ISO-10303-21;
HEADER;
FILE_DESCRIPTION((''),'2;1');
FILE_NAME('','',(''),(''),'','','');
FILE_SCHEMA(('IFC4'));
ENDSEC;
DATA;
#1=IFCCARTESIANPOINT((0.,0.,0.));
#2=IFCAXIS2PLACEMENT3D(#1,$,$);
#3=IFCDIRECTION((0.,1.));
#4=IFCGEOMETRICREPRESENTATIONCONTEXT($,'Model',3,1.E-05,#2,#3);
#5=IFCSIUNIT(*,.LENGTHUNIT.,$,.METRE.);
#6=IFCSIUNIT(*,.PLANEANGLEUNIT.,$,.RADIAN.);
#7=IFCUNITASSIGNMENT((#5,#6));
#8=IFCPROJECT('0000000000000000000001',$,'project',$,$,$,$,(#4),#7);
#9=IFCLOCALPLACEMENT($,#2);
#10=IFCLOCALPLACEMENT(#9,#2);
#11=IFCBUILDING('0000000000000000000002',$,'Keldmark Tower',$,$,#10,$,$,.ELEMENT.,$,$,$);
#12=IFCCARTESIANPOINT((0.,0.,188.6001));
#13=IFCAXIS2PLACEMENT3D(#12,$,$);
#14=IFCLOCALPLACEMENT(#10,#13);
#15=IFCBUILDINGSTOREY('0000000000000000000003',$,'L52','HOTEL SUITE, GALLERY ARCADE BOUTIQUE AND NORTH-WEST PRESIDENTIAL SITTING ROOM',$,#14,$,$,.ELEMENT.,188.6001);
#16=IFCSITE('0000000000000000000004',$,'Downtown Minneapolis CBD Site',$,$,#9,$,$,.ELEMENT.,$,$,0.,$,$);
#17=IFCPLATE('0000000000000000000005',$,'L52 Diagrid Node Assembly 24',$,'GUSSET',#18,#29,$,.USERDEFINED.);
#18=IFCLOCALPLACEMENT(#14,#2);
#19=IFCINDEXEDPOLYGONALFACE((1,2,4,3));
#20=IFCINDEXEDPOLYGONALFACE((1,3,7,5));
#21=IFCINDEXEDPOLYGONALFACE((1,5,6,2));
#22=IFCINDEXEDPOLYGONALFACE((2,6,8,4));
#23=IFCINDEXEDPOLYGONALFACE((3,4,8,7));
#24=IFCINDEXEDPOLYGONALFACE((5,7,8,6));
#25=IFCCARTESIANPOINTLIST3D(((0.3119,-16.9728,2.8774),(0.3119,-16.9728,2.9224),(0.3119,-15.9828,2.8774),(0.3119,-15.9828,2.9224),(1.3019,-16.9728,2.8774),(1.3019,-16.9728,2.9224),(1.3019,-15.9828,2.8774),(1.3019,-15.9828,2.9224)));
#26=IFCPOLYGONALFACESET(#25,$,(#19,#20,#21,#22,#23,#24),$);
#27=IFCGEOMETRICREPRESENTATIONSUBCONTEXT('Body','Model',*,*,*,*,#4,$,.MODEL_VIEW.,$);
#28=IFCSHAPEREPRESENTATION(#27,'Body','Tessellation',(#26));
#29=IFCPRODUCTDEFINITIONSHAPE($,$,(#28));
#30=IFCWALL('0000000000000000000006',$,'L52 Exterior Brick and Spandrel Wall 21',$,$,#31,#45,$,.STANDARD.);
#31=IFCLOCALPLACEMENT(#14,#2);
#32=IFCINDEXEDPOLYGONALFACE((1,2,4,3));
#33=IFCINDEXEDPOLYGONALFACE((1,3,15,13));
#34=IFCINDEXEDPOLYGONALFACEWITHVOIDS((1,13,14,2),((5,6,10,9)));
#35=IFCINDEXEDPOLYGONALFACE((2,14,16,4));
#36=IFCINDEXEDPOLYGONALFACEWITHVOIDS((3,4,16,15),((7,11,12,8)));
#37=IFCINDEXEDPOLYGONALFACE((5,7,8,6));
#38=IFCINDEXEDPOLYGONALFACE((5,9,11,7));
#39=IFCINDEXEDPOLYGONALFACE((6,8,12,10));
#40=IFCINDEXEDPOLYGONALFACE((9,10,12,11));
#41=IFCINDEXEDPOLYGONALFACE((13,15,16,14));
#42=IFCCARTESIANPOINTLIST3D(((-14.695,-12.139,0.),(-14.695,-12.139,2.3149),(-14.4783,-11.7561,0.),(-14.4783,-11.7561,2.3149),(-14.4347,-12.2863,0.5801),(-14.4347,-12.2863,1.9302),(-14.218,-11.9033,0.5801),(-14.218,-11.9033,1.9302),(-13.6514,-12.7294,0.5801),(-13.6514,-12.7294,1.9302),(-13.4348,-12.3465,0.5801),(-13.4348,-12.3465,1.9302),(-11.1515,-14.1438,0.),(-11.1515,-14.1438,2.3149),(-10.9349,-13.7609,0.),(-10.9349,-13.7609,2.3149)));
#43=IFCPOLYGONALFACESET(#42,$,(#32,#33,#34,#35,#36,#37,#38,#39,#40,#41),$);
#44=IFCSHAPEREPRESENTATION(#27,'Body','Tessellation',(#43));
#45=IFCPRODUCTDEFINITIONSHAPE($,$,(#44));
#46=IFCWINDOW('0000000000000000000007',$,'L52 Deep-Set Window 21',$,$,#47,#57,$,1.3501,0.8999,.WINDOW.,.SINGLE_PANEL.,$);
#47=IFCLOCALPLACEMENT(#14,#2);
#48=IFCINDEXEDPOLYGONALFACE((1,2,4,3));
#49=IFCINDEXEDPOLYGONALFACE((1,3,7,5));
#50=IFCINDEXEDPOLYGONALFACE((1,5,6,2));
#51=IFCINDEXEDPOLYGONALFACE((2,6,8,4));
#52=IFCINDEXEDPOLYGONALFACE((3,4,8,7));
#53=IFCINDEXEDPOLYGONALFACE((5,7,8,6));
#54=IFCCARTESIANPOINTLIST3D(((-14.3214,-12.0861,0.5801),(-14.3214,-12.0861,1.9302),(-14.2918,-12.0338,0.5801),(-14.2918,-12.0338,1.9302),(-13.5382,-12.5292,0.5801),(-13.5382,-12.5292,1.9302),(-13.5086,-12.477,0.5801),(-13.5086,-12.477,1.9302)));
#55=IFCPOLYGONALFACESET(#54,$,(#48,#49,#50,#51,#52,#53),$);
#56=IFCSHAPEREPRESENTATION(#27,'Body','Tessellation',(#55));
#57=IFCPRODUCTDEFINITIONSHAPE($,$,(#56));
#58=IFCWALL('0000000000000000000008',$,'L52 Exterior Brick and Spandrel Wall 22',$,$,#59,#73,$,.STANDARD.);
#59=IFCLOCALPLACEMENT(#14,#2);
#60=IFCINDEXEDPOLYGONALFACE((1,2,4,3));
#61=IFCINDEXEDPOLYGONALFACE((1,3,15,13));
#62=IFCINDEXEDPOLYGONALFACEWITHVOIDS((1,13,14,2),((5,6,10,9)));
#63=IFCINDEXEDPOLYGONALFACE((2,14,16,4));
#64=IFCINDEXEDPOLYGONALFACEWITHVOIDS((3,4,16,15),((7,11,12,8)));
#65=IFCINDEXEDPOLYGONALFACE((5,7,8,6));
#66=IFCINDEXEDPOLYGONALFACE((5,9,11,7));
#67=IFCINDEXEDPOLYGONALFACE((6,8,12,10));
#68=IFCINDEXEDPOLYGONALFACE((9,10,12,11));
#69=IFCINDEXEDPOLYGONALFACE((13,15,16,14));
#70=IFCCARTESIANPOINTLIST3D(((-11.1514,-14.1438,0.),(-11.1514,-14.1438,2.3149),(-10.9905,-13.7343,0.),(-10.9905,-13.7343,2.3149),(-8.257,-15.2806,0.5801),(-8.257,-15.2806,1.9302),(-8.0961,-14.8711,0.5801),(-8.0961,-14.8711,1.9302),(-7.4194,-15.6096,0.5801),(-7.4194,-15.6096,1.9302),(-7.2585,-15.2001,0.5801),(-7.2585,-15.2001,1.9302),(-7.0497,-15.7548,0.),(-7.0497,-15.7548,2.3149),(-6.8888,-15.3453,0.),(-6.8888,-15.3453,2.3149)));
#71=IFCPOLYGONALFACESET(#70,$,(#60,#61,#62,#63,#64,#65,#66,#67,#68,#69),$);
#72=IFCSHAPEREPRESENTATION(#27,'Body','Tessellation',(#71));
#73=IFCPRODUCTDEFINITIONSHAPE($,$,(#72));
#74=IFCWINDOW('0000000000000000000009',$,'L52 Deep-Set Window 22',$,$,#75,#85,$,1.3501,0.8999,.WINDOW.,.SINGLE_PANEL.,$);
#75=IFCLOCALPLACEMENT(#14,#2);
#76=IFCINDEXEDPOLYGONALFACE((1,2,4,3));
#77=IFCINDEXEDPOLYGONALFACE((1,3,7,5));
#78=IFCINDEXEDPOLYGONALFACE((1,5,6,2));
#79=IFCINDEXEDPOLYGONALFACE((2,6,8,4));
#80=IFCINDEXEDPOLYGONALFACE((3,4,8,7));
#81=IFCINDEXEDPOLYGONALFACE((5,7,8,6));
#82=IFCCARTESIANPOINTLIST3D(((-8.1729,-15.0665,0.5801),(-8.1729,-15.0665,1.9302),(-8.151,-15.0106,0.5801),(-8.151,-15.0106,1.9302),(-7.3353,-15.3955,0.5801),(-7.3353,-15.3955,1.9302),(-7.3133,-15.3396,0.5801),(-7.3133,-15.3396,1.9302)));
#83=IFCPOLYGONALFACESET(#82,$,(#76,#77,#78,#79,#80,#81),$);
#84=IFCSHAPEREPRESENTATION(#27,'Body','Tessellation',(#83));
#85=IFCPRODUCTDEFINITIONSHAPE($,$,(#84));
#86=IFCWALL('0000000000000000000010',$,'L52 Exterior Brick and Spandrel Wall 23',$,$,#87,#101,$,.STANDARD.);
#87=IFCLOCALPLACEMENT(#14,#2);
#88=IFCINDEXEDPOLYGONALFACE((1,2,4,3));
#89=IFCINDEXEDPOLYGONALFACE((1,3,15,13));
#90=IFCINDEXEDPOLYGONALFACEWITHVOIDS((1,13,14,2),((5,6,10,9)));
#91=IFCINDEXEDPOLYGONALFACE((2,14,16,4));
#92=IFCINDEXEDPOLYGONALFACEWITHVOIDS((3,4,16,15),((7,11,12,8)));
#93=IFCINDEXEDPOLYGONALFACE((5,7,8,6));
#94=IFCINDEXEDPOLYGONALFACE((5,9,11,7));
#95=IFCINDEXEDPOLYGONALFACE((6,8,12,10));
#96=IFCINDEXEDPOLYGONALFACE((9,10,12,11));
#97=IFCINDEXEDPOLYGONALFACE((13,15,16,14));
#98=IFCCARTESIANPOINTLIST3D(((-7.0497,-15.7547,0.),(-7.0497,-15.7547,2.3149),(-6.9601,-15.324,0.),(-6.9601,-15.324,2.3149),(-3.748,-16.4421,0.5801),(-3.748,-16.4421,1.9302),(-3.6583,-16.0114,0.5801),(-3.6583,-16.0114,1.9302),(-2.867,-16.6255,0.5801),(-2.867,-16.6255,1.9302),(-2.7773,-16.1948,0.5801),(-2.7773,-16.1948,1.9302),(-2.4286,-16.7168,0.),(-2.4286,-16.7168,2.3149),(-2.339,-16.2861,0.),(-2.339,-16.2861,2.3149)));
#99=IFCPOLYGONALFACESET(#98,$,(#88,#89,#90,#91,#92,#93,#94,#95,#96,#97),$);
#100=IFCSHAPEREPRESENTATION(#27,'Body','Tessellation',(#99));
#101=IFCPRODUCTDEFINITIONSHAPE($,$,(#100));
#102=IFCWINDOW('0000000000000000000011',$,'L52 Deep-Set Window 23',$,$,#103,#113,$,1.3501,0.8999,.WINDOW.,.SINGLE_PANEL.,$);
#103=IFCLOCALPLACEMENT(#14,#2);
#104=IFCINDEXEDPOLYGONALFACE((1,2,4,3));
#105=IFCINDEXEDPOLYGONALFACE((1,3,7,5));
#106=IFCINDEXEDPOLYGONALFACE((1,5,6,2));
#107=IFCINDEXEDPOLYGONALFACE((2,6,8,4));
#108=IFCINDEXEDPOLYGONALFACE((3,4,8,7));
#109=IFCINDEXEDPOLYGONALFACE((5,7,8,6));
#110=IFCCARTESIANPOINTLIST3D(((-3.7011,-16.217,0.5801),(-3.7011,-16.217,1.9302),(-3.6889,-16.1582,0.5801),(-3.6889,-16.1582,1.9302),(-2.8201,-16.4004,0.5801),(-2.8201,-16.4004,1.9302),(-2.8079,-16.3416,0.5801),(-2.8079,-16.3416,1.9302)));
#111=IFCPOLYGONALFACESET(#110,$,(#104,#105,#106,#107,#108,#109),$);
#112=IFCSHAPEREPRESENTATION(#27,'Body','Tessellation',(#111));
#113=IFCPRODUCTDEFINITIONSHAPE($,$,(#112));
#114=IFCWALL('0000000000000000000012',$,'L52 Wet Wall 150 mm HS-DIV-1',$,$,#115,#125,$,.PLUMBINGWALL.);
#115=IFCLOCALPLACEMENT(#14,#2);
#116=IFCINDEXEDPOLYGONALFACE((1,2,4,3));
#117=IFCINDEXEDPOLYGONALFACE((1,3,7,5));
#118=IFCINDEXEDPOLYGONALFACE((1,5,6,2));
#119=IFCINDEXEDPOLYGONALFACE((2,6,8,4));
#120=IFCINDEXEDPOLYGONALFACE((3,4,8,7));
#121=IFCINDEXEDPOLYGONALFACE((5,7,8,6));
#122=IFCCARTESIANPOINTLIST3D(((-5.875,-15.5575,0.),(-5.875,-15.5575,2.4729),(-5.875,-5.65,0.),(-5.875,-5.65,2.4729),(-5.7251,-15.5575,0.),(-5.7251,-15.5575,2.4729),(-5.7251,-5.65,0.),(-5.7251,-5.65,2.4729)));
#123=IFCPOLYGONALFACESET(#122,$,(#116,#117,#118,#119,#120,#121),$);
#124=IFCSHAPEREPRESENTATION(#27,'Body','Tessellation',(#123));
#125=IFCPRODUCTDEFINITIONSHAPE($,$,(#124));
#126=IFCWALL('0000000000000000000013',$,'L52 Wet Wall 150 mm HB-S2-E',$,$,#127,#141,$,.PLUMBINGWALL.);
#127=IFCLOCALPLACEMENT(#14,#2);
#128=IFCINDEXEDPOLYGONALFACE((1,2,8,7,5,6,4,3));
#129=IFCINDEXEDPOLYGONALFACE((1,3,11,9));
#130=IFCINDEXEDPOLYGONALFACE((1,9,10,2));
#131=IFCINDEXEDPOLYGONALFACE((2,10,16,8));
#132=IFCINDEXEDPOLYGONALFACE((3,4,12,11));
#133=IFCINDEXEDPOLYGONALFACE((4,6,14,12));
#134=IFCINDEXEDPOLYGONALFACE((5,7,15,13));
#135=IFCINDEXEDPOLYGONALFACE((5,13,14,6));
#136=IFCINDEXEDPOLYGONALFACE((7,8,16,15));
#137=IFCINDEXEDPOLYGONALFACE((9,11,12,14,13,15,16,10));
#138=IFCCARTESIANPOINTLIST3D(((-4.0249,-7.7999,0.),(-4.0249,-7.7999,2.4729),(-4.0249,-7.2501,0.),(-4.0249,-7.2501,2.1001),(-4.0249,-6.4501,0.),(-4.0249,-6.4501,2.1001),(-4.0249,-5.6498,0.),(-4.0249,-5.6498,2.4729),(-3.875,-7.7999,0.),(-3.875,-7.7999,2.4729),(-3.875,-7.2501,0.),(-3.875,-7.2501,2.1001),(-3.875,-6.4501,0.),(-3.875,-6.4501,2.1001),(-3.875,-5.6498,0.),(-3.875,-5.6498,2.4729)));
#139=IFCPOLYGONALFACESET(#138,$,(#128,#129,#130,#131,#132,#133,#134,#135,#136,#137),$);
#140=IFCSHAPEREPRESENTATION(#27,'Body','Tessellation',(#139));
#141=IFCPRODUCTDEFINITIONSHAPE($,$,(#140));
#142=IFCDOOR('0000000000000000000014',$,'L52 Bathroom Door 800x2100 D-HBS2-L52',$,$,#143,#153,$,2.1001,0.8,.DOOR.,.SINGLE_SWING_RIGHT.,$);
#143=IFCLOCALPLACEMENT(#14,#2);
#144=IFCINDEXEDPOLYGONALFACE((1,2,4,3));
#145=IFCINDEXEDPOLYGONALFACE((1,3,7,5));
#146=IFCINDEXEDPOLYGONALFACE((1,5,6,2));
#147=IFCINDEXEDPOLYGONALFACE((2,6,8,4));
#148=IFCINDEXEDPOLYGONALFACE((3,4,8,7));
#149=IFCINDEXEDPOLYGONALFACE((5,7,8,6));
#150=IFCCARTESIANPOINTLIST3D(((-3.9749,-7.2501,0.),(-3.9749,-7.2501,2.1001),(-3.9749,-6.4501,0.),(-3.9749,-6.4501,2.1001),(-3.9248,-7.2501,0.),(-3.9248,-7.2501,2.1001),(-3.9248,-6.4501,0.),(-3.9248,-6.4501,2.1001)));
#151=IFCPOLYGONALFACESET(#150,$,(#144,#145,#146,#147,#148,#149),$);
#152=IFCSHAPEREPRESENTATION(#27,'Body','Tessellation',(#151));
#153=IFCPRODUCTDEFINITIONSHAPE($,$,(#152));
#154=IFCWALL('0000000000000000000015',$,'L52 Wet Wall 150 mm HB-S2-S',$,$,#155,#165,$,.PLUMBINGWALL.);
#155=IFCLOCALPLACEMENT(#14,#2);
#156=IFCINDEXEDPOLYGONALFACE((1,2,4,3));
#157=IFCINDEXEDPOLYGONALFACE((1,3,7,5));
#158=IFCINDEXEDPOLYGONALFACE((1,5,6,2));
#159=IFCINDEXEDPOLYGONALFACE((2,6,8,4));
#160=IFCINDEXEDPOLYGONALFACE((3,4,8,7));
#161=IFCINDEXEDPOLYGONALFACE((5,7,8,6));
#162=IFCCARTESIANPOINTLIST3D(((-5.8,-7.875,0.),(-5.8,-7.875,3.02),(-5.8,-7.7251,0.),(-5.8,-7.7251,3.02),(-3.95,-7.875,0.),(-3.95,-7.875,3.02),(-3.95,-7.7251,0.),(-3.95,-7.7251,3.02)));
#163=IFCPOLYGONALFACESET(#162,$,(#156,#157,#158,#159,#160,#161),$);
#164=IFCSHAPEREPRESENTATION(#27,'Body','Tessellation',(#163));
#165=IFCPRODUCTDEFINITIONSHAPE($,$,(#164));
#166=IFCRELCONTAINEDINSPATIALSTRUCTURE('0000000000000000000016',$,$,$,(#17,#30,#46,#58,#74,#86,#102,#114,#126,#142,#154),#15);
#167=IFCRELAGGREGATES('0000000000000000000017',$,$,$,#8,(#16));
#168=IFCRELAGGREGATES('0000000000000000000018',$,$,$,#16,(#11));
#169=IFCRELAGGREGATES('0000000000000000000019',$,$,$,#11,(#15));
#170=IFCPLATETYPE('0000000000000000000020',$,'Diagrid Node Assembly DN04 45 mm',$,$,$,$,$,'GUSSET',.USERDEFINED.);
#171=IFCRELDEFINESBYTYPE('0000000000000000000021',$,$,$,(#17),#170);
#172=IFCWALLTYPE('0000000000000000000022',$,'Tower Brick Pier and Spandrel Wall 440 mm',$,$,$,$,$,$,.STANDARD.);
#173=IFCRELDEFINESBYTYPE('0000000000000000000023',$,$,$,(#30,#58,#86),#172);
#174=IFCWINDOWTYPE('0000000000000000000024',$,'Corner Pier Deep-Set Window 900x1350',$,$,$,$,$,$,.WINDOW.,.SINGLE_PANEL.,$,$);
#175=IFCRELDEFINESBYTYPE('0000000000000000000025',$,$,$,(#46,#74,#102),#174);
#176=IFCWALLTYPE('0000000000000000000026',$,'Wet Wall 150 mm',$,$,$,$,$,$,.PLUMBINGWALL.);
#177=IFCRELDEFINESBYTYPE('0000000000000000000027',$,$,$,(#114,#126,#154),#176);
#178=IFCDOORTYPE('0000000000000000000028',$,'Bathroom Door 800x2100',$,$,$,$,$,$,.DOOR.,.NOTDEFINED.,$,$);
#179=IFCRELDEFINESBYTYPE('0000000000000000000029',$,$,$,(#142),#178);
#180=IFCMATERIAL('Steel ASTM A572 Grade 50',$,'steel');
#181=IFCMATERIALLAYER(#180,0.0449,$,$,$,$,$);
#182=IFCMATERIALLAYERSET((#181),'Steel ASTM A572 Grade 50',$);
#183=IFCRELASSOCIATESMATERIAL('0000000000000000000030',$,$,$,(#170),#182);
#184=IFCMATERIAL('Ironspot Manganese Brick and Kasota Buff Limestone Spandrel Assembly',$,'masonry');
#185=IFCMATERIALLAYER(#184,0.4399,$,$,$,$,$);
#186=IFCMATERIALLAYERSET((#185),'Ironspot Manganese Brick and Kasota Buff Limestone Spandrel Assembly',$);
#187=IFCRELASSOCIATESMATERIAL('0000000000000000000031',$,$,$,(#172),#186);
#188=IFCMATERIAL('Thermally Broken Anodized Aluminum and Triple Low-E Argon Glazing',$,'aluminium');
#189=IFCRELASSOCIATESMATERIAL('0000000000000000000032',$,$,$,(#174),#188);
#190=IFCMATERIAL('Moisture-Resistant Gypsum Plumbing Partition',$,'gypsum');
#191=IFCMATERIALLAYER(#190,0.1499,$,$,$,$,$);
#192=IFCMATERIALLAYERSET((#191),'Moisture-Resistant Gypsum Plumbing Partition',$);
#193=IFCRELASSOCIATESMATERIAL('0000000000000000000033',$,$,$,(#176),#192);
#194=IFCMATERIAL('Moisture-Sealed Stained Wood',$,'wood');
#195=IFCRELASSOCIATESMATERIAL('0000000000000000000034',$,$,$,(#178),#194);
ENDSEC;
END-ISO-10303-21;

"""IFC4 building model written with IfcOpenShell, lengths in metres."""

from ifc_helpers import new_model, si_unit, direction, frame, frame_2d, origin, origin_2d, place, context, subcontext, project, spatial, rectangle, extrude, material, layer, layer_set, type_object, element, fill, save


model = new_model("IFC4")

# Units and contexts
model_context = context("Model", 3, precision=1e-05, world=origin(), true_north=direction((0.0, 1.0)))
body_context = subcontext(model_context, "Body", "Model", "MODEL_VIEW")
ifc_project = project(units=[si_unit("LENGTHUNIT", "METRE"), si_unit("PLANEANGLEUNIT", "RADIAN")], contexts=[model_context])

# Site, building, storey
site_placement = place(None, origin())
site = spatial("IfcSite", under=ifc_project, at=site_placement, Name="Downtown Minneapolis CBD Site", CompositionType="ELEMENT", RefElevation=0.0)
building_placement = place(site_placement, origin())
building = spatial("IfcBuilding", under=site, at=building_placement, Name="Keldmark Tower", CompositionType="ELEMENT")
storey_placement = place(building_placement, frame((0.0, 0.0, 188.6001)))
storey = spatial("IfcBuildingStorey", under=building, at=storey_placement, Name="L52", Description="HOTEL SUITE, GALLERY ARCADE BOUTIQUE AND NORTH-WEST PRESIDENTIAL SITTING ROOM", CompositionType="ELEMENT", Elevation=188.6001)

# Plate
ifc_material_1 = material(Name="Steel ASTM A572 Grade 50", Category="steel")
ifc_layer_1 = layer(ifc_material_1, 0.0449)
ifc_layer_set_1 = layer_set([ifc_layer_1], Name="Steel ASTM A572 Grade 50")
plate_type = type_object("IfcPlateType", Name="Diagrid Node Assembly DN04 45 mm", ElementType="GUSSET", PredefinedType="USERDEFINED", material=ifc_layer_set_1)
for number, where, z_axis, x_axis, name in (
    (1, (0.8069, -16.4778, 2.8774), (0.0, 0.0, 1.0), (1.0, 0.0, 0.0), "L52 Diagrid Node Assembly 24"),
):
    element("IfcPlate", number, at=place(storey_placement, frame(where, z_axis=z_axis, x_axis=x_axis)), inside=storey, type_object=plate_type, Name=name, ObjectType="GUSSET", PredefinedType="USERDEFINED", context=body_context, shape_type="SweptSolid", body=[
        extrude(rectangle(XDim=0.99, YDim=0.99, at=origin_2d()), origin(), (0.0, 0.0, 1.0), 0.0449),
    ])

# Walls, openings, windows
ifc_material_2 = material(Name="Ironspot Manganese Brick and Kasota Buff Limestone Spandrel Assembly", Category="masonry")
ifc_layer_2 = layer(ifc_material_2, 0.4399)
ifc_layer_set_2 = layer_set([ifc_layer_2], Name="Ironspot Manganese Brick and Kasota Buff Limestone Spandrel Assembly")
wall_type_1 = type_object("IfcWallType", Name="Tower Brick Pier and Spandrel Wall 440 mm", PredefinedType="STANDARD", material=ifc_layer_set_2)
wall_1_placement = place(storey_placement, frame((-11.0432, -13.9524, 0.0), z_axis=(0.0, 0.0, 1.0), x_axis=(-0.870346, 0.492441, 0.0)))
wall_1 = element("IfcWall", 2, at=wall_1_placement, inside=storey, type_object=wall_type_1, Name="L52 Exterior Brick and Spandrel Wall 21", PredefinedType="STANDARD", context=body_context, shape_type="SweptSolid", body=[
    extrude(rectangle(XDim=4.0713, YDim=0.4399, at=frame_2d((2.0356, 0.0))), origin(), (0.0, 0.0, 1.0), 2.3149),
])
opening_1_placement = place(wall_1_placement, frame((2.8723, 0.0, 0.5801)))
opening_1 = element("IfcOpeningElement", 3, at=opening_1_placement, cuts=wall_1, PredefinedType="OPENING", context=body_context, shape_type="SweptSolid", body=[
    extrude(rectangle(XDim=0.8999, YDim=1.3501, at=frame_2d((0.45, 0.675))), frame((0.0, 0.23, 0.0), z_axis=(0.0, -1.0, 0.0), x_axis=(1.0, 0.0, 0.0)), (0.0, 0.0, 1.0), 0.46),
])
ifc_material_3 = material(Name="Thermally Broken Anodized Aluminum and Triple Low-E Argon Glazing", Category="aluminium")
window_type = type_object("IfcWindowType", Name="Corner Pier Deep-Set Window 900x1350", PartitioningType="SINGLE_PANEL", PredefinedType="WINDOW", material=ifc_material_3)
window_1_placement = place(opening_1_placement, origin())
window_1 = element("IfcWindow", 4, at=window_1_placement, inside=storey, type_object=window_type, Name="L52 Deep-Set Window 21", OverallHeight=1.3501, OverallWidth=0.8999, PartitioningType="SINGLE_PANEL", PredefinedType="WINDOW", context=body_context, shape_type="SweptSolid", body=[
    extrude(rectangle(XDim=0.8999, YDim=1.3501, at=frame_2d((0.45, 0.675))), frame((0.0, -0.01, 0.0), z_axis=(0.0, -1.0, 0.0), x_axis=(1.0, 0.0, 0.0)), (0.0, 0.0, 1.0), 0.0601),
])
fill(opening_1, window_1)
wall_2_placement = place(storey_placement, frame((-6.9692, -15.55, 0.0), z_axis=(0.0, 0.0, 1.0), x_axis=(-0.930778, 0.365586, 0.0)))
wall_2 = element("IfcWall", 5, at=wall_2_placement, inside=storey, type_object=wall_type_1, Name="L52 Exterior Brick and Spandrel Wall 22", PredefinedType="STANDARD", context=body_context, shape_type="SweptSolid", body=[
    extrude(rectangle(XDim=4.4067, YDim=0.4399, at=frame_2d((2.2034, 0.0))), origin(), (0.0, 0.0, 1.0), 2.3149),
])
opening_2_placement = place(wall_2_placement, frame((0.3972, 0.0, 0.5801)))
opening_2 = element("IfcOpeningElement", 6, at=opening_2_placement, cuts=wall_2, PredefinedType="OPENING", context=body_context, shape_type="SweptSolid", body=[
    extrude(rectangle(XDim=0.8999, YDim=1.3501, at=frame_2d((0.45, 0.675))), frame((0.0, 0.23, 0.0), z_axis=(0.0, -1.0, 0.0), x_axis=(1.0, 0.0, 0.0)), (0.0, 0.0, 1.0), 0.46),
])
window_2_placement = place(opening_2_placement, origin())
window_2 = element("IfcWindow", 7, at=window_2_placement, inside=storey, type_object=window_type, Name="L52 Deep-Set Window 22", OverallHeight=1.3501, OverallWidth=0.8999, PartitioningType="SINGLE_PANEL", PredefinedType="WINDOW", context=body_context, shape_type="SweptSolid", body=[
    extrude(rectangle(XDim=0.8999, YDim=1.3501, at=frame_2d((0.45, 0.675))), frame((0.0, -0.01, 0.0), z_axis=(0.0, -1.0, 0.0), x_axis=(1.0, 0.0, 0.0)), (0.0, 0.0, 1.0), 0.0601),
])
fill(opening_2, window_2)
wall_3_placement = place(storey_placement, frame((-2.3838, -16.5015, 0.0), z_axis=(0.0, 0.0, 1.0), x_axis=(-0.979005, 0.203839, 0.0)))
wall_3 = element("IfcWall", 8, at=wall_3_placement, inside=storey, type_object=wall_type_1, Name="L52 Exterior Brick and Spandrel Wall 23", PredefinedType="STANDARD", context=body_context, shape_type="SweptSolid", body=[
    extrude(rectangle(XDim=4.7202, YDim=0.4399, at=frame_2d((2.3601, 0.0))), origin(), (0.0, 0.0, 1.0), 2.3149),
])
opening_3_placement = place(wall_3_placement, frame((0.4478, 0.0, 0.5801)))
opening_3 = element("IfcOpeningElement", 9, at=opening_3_placement, cuts=wall_3, PredefinedType="OPENING", context=body_context, shape_type="SweptSolid", body=[
    extrude(rectangle(XDim=0.8999, YDim=1.3501, at=frame_2d((0.45, 0.675))), frame((0.0, 0.23, 0.0), z_axis=(0.0, -1.0, 0.0), x_axis=(1.0, 0.0, 0.0)), (0.0, 0.0, 1.0), 0.46),
])
window_3_placement = place(opening_3_placement, origin())
window_3 = element("IfcWindow", 10, at=window_3_placement, inside=storey, type_object=window_type, Name="L52 Deep-Set Window 23", OverallHeight=1.3501, OverallWidth=0.8999, PartitioningType="SINGLE_PANEL", PredefinedType="WINDOW", context=body_context, shape_type="SweptSolid", body=[
    extrude(rectangle(XDim=0.8999, YDim=1.3501, at=frame_2d((0.45, 0.675))), frame((0.0, -0.01, 0.0), z_axis=(0.0, -1.0, 0.0), x_axis=(1.0, 0.0, 0.0)), (0.0, 0.0, 1.0), 0.0601),
])
fill(opening_3, window_3)

# Wall
ifc_material_4 = material(Name="Moisture-Resistant Gypsum Plumbing Partition", Category="gypsum")
ifc_layer_3 = layer(ifc_material_4, 0.1499)
ifc_layer_set_3 = layer_set([ifc_layer_3], Name="Moisture-Resistant Gypsum Plumbing Partition")
wall_type_2 = type_object("IfcWallType", Name="Wet Wall 150 mm", PredefinedType="PLUMBINGWALL", material=ifc_layer_set_3)
wall_4_placement = place(storey_placement, frame((-5.8, -15.5574, 0.0), z_axis=(0.0, 0.0, 1.0), x_axis=(0.0, 1.0, 0.0)))
element("IfcWall", 11, at=wall_4_placement, inside=storey, type_object=wall_type_2, Name="L52 Wet Wall 150 mm HS-DIV-1", PredefinedType="PLUMBINGWALL", context=body_context, shape_type="SweptSolid", body=[
    extrude(rectangle(XDim=9.9075, YDim=0.1499, at=frame_2d((4.9536, 0.0))), origin(), (0.0, 0.0, 1.0), 2.4729),
])

# Wall, opening, door
wall_5_placement = place(storey_placement, frame((-3.95, -7.8, 0.0), z_axis=(0.0, 0.0, 1.0), x_axis=(0.0, 1.0, 0.0)))
wall_5 = element("IfcWall", 12, at=wall_5_placement, inside=storey, type_object=wall_type_2, Name="L52 Wet Wall 150 mm HB-S2-E", PredefinedType="PLUMBINGWALL", context=body_context, shape_type="SweptSolid", body=[
    extrude(rectangle(XDim=2.1501, YDim=0.1499, at=frame_2d((1.0752, 0.0))), origin(), (0.0, 0.0, 1.0), 2.4729),
])
opening_4_placement = place(wall_5_placement, frame((0.55, 0.0, 0.0)))
opening_4 = element("IfcOpeningElement", 13, at=opening_4_placement, cuts=wall_5, PredefinedType="OPENING", context=body_context, shape_type="SweptSolid", body=[
    extrude(rectangle(XDim=0.8, YDim=2.1001, at=frame_2d((0.3999, 1.05))), frame((0.0, 0.085, 0.0), z_axis=(0.0, -1.0, 0.0), x_axis=(1.0, 0.0, 0.0)), (0.0, 0.0, 1.0), 0.1699),
])
ifc_material_5 = material(Name="Moisture-Sealed Stained Wood", Category="wood")
door_type = type_object("IfcDoorType", Name="Bathroom Door 800x2100", OperationType="NOTDEFINED", PredefinedType="DOOR", material=ifc_material_5)
door_placement = place(opening_4_placement, origin())
door = element("IfcDoor", 14, at=door_placement, inside=storey, type_object=door_type, Name="L52 Bathroom Door 800x2100 D-HBS2-L52", OperationType="SINGLE_SWING_RIGHT", OverallHeight=2.1001, OverallWidth=0.8, PredefinedType="DOOR", context=body_context, shape_type="SweptSolid", body=[
    extrude(rectangle(XDim=0.8, YDim=2.1001, at=frame_2d((0.3999, 1.05))), frame((0.0, 0.0249, 0.0), z_axis=(0.0, -1.0, 0.0), x_axis=(1.0, 0.0, 0.0)), (0.0, 0.0, 1.0), 0.05),
])
fill(opening_4, door)

# Wall
wall_6_placement = place(storey_placement, frame((-5.8, -7.8, 0.0), z_axis=(0.0, 0.0, 1.0), x_axis=(1.0, 0.0, 0.0)))
element("IfcWall", 15, at=wall_6_placement, inside=storey, type_object=wall_type_2, Name="L52 Wet Wall 150 mm HB-S2-S", PredefinedType="PLUMBINGWALL", context=body_context, shape_type="SweptSolid", body=[
    extrude(rectangle(XDim=1.8501, YDim=0.1499, at=frame_2d((0.925, 0.0))), origin(), (0.0, 0.0, 1.0), 3.02),
])

save(model, "model.ifc")
